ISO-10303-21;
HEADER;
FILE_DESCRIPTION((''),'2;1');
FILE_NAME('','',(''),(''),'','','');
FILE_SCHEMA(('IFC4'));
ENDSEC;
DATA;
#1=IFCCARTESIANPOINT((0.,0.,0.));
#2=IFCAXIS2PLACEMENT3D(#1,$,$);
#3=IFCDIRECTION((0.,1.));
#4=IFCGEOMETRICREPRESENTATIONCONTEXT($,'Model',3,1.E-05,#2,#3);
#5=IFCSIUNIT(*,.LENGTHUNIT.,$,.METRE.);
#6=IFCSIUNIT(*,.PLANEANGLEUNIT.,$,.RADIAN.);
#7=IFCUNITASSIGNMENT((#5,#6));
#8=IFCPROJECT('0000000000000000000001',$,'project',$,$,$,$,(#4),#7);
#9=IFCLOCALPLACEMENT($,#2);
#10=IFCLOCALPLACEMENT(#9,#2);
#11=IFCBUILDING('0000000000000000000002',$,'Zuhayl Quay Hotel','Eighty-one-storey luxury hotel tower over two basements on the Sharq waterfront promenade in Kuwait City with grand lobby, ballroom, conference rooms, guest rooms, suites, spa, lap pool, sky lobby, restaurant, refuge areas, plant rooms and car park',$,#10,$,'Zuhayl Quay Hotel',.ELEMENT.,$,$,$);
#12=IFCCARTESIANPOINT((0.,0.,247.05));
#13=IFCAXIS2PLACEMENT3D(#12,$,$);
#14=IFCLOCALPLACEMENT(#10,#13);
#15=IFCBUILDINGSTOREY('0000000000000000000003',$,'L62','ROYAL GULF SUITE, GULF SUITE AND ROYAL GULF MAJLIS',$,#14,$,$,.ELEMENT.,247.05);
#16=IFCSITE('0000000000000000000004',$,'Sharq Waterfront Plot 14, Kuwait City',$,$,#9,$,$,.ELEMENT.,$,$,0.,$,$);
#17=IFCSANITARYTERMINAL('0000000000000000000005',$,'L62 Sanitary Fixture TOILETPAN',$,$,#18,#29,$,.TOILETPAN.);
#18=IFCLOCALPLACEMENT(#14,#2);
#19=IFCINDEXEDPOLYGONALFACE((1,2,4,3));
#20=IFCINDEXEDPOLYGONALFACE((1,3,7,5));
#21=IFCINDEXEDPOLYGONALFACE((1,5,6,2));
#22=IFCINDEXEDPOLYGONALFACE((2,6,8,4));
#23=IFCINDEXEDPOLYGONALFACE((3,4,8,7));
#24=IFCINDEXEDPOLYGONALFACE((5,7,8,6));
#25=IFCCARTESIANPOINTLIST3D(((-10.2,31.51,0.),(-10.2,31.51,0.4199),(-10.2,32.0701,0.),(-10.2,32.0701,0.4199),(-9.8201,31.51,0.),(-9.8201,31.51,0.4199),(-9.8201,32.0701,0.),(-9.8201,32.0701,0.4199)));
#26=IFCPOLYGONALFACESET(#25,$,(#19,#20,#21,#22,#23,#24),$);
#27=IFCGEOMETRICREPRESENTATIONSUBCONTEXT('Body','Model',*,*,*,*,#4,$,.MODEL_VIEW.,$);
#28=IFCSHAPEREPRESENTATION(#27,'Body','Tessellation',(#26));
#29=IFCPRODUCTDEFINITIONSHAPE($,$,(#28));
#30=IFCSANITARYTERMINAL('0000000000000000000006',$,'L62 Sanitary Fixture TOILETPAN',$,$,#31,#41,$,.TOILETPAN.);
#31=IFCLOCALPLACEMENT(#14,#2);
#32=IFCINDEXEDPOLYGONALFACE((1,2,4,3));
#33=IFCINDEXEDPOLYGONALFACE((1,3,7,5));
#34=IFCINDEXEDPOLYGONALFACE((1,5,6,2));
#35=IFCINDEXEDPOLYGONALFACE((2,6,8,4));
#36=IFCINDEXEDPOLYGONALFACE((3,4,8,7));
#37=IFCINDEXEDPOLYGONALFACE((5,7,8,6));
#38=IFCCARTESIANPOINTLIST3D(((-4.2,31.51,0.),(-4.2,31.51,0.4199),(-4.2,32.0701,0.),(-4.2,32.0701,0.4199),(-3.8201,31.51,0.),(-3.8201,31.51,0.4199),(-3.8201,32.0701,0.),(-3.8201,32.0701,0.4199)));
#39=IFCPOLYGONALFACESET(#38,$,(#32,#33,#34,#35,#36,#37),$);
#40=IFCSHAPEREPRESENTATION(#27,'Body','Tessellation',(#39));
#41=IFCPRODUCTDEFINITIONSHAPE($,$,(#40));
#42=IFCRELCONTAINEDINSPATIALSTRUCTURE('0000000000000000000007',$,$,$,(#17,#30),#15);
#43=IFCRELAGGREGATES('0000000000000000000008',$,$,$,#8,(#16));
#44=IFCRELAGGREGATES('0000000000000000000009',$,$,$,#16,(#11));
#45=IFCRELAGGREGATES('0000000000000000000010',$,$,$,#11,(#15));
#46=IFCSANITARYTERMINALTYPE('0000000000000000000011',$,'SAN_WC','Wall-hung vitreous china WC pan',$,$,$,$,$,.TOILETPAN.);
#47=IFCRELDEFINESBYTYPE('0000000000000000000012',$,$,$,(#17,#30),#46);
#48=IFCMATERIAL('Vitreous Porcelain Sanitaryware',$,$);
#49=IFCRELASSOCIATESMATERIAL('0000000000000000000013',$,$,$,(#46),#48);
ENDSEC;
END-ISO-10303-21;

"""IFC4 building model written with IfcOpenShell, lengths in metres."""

from ifc_helpers import new_model, si_unit, direction, frame, origin, origin_2d, place, context, subcontext, project, spatial, rectangle, extrude, material, type_object, element, save


model = new_model("IFC4")

# Units and contexts
model_context = context("Model", 3, precision=1e-05, world=origin(), true_north=direction((0.0, 1.0)))
body_context = subcontext(model_context, "Body", "Model", "MODEL_VIEW")
ifc_project = project(units=[si_unit("LENGTHUNIT", "METRE"), si_unit("PLANEANGLEUNIT", "RADIAN")], contexts=[model_context])

# Site, building, storey
site_placement = place(None, origin())
site = spatial("IfcSite", under=ifc_project, at=site_placement, Name="Sharq Waterfront Plot 14, Kuwait City", CompositionType="ELEMENT", RefElevation=0.0)
building_placement = place(site_placement, origin())
building = spatial("IfcBuilding", under=site, at=building_placement, Name="Zuhayl Quay Hotel", Description="Eighty-one-storey luxury hotel tower over two basements on the Sharq waterfront promenade in Kuwait City with grand lobby, ballroom, conference rooms, guest rooms, suites, spa, lap pool, sky lobby, restaurant, refuge areas, plant rooms and car park", LongName="Zuhayl Quay Hotel", CompositionType="ELEMENT")
storey_placement = place(building_placement, frame((0.0, 0.0, 247.05)))
storey = spatial("IfcBuildingStorey", under=building, at=storey_placement, Name="L62", Description="ROYAL GULF SUITE, GULF SUITE AND ROYAL GULF MAJLIS", CompositionType="ELEMENT", Elevation=247.05)

# Sanitary terminals
ifc_material_1 = material(Name="Vitreous Porcelain Sanitaryware")
sanitary_terminal_type_1 = type_object("IfcSanitaryTerminalType", Name="SAN_WC", Description="Wall-hung vitreous china WC pan", PredefinedType="TOILETPAN", material=ifc_material_1)
for number, where, z_axis, x_axis, name in (
    (1, (-10.01, 31.79, 0.0), (0.0, 0.0, 1.0), (1.0, 0.0, 0.0), "L62 Sanitary Fixture TOILETPAN"),
    (2, (-4.01, 31.79, 0.0), (0.0, 0.0, 1.0), (1.0, 0.0, 0.0), "L62 Sanitary Fixture TOILETPAN"),
):
    element("IfcSanitaryTerminal", number, at=place(storey_placement, frame(where, z_axis=z_axis, x_axis=x_axis)), inside=storey, type_object=sanitary_terminal_type_1, Name=name, PredefinedType="TOILETPAN", context=body_context, shape_type="SweptSolid", body=[
        extrude(rectangle(XDim=0.3799, YDim=0.5601, at=origin_2d()), origin(), (0.0, 0.0, 1.0), 0.4199),
    ])

save(model, "model.ifc")
